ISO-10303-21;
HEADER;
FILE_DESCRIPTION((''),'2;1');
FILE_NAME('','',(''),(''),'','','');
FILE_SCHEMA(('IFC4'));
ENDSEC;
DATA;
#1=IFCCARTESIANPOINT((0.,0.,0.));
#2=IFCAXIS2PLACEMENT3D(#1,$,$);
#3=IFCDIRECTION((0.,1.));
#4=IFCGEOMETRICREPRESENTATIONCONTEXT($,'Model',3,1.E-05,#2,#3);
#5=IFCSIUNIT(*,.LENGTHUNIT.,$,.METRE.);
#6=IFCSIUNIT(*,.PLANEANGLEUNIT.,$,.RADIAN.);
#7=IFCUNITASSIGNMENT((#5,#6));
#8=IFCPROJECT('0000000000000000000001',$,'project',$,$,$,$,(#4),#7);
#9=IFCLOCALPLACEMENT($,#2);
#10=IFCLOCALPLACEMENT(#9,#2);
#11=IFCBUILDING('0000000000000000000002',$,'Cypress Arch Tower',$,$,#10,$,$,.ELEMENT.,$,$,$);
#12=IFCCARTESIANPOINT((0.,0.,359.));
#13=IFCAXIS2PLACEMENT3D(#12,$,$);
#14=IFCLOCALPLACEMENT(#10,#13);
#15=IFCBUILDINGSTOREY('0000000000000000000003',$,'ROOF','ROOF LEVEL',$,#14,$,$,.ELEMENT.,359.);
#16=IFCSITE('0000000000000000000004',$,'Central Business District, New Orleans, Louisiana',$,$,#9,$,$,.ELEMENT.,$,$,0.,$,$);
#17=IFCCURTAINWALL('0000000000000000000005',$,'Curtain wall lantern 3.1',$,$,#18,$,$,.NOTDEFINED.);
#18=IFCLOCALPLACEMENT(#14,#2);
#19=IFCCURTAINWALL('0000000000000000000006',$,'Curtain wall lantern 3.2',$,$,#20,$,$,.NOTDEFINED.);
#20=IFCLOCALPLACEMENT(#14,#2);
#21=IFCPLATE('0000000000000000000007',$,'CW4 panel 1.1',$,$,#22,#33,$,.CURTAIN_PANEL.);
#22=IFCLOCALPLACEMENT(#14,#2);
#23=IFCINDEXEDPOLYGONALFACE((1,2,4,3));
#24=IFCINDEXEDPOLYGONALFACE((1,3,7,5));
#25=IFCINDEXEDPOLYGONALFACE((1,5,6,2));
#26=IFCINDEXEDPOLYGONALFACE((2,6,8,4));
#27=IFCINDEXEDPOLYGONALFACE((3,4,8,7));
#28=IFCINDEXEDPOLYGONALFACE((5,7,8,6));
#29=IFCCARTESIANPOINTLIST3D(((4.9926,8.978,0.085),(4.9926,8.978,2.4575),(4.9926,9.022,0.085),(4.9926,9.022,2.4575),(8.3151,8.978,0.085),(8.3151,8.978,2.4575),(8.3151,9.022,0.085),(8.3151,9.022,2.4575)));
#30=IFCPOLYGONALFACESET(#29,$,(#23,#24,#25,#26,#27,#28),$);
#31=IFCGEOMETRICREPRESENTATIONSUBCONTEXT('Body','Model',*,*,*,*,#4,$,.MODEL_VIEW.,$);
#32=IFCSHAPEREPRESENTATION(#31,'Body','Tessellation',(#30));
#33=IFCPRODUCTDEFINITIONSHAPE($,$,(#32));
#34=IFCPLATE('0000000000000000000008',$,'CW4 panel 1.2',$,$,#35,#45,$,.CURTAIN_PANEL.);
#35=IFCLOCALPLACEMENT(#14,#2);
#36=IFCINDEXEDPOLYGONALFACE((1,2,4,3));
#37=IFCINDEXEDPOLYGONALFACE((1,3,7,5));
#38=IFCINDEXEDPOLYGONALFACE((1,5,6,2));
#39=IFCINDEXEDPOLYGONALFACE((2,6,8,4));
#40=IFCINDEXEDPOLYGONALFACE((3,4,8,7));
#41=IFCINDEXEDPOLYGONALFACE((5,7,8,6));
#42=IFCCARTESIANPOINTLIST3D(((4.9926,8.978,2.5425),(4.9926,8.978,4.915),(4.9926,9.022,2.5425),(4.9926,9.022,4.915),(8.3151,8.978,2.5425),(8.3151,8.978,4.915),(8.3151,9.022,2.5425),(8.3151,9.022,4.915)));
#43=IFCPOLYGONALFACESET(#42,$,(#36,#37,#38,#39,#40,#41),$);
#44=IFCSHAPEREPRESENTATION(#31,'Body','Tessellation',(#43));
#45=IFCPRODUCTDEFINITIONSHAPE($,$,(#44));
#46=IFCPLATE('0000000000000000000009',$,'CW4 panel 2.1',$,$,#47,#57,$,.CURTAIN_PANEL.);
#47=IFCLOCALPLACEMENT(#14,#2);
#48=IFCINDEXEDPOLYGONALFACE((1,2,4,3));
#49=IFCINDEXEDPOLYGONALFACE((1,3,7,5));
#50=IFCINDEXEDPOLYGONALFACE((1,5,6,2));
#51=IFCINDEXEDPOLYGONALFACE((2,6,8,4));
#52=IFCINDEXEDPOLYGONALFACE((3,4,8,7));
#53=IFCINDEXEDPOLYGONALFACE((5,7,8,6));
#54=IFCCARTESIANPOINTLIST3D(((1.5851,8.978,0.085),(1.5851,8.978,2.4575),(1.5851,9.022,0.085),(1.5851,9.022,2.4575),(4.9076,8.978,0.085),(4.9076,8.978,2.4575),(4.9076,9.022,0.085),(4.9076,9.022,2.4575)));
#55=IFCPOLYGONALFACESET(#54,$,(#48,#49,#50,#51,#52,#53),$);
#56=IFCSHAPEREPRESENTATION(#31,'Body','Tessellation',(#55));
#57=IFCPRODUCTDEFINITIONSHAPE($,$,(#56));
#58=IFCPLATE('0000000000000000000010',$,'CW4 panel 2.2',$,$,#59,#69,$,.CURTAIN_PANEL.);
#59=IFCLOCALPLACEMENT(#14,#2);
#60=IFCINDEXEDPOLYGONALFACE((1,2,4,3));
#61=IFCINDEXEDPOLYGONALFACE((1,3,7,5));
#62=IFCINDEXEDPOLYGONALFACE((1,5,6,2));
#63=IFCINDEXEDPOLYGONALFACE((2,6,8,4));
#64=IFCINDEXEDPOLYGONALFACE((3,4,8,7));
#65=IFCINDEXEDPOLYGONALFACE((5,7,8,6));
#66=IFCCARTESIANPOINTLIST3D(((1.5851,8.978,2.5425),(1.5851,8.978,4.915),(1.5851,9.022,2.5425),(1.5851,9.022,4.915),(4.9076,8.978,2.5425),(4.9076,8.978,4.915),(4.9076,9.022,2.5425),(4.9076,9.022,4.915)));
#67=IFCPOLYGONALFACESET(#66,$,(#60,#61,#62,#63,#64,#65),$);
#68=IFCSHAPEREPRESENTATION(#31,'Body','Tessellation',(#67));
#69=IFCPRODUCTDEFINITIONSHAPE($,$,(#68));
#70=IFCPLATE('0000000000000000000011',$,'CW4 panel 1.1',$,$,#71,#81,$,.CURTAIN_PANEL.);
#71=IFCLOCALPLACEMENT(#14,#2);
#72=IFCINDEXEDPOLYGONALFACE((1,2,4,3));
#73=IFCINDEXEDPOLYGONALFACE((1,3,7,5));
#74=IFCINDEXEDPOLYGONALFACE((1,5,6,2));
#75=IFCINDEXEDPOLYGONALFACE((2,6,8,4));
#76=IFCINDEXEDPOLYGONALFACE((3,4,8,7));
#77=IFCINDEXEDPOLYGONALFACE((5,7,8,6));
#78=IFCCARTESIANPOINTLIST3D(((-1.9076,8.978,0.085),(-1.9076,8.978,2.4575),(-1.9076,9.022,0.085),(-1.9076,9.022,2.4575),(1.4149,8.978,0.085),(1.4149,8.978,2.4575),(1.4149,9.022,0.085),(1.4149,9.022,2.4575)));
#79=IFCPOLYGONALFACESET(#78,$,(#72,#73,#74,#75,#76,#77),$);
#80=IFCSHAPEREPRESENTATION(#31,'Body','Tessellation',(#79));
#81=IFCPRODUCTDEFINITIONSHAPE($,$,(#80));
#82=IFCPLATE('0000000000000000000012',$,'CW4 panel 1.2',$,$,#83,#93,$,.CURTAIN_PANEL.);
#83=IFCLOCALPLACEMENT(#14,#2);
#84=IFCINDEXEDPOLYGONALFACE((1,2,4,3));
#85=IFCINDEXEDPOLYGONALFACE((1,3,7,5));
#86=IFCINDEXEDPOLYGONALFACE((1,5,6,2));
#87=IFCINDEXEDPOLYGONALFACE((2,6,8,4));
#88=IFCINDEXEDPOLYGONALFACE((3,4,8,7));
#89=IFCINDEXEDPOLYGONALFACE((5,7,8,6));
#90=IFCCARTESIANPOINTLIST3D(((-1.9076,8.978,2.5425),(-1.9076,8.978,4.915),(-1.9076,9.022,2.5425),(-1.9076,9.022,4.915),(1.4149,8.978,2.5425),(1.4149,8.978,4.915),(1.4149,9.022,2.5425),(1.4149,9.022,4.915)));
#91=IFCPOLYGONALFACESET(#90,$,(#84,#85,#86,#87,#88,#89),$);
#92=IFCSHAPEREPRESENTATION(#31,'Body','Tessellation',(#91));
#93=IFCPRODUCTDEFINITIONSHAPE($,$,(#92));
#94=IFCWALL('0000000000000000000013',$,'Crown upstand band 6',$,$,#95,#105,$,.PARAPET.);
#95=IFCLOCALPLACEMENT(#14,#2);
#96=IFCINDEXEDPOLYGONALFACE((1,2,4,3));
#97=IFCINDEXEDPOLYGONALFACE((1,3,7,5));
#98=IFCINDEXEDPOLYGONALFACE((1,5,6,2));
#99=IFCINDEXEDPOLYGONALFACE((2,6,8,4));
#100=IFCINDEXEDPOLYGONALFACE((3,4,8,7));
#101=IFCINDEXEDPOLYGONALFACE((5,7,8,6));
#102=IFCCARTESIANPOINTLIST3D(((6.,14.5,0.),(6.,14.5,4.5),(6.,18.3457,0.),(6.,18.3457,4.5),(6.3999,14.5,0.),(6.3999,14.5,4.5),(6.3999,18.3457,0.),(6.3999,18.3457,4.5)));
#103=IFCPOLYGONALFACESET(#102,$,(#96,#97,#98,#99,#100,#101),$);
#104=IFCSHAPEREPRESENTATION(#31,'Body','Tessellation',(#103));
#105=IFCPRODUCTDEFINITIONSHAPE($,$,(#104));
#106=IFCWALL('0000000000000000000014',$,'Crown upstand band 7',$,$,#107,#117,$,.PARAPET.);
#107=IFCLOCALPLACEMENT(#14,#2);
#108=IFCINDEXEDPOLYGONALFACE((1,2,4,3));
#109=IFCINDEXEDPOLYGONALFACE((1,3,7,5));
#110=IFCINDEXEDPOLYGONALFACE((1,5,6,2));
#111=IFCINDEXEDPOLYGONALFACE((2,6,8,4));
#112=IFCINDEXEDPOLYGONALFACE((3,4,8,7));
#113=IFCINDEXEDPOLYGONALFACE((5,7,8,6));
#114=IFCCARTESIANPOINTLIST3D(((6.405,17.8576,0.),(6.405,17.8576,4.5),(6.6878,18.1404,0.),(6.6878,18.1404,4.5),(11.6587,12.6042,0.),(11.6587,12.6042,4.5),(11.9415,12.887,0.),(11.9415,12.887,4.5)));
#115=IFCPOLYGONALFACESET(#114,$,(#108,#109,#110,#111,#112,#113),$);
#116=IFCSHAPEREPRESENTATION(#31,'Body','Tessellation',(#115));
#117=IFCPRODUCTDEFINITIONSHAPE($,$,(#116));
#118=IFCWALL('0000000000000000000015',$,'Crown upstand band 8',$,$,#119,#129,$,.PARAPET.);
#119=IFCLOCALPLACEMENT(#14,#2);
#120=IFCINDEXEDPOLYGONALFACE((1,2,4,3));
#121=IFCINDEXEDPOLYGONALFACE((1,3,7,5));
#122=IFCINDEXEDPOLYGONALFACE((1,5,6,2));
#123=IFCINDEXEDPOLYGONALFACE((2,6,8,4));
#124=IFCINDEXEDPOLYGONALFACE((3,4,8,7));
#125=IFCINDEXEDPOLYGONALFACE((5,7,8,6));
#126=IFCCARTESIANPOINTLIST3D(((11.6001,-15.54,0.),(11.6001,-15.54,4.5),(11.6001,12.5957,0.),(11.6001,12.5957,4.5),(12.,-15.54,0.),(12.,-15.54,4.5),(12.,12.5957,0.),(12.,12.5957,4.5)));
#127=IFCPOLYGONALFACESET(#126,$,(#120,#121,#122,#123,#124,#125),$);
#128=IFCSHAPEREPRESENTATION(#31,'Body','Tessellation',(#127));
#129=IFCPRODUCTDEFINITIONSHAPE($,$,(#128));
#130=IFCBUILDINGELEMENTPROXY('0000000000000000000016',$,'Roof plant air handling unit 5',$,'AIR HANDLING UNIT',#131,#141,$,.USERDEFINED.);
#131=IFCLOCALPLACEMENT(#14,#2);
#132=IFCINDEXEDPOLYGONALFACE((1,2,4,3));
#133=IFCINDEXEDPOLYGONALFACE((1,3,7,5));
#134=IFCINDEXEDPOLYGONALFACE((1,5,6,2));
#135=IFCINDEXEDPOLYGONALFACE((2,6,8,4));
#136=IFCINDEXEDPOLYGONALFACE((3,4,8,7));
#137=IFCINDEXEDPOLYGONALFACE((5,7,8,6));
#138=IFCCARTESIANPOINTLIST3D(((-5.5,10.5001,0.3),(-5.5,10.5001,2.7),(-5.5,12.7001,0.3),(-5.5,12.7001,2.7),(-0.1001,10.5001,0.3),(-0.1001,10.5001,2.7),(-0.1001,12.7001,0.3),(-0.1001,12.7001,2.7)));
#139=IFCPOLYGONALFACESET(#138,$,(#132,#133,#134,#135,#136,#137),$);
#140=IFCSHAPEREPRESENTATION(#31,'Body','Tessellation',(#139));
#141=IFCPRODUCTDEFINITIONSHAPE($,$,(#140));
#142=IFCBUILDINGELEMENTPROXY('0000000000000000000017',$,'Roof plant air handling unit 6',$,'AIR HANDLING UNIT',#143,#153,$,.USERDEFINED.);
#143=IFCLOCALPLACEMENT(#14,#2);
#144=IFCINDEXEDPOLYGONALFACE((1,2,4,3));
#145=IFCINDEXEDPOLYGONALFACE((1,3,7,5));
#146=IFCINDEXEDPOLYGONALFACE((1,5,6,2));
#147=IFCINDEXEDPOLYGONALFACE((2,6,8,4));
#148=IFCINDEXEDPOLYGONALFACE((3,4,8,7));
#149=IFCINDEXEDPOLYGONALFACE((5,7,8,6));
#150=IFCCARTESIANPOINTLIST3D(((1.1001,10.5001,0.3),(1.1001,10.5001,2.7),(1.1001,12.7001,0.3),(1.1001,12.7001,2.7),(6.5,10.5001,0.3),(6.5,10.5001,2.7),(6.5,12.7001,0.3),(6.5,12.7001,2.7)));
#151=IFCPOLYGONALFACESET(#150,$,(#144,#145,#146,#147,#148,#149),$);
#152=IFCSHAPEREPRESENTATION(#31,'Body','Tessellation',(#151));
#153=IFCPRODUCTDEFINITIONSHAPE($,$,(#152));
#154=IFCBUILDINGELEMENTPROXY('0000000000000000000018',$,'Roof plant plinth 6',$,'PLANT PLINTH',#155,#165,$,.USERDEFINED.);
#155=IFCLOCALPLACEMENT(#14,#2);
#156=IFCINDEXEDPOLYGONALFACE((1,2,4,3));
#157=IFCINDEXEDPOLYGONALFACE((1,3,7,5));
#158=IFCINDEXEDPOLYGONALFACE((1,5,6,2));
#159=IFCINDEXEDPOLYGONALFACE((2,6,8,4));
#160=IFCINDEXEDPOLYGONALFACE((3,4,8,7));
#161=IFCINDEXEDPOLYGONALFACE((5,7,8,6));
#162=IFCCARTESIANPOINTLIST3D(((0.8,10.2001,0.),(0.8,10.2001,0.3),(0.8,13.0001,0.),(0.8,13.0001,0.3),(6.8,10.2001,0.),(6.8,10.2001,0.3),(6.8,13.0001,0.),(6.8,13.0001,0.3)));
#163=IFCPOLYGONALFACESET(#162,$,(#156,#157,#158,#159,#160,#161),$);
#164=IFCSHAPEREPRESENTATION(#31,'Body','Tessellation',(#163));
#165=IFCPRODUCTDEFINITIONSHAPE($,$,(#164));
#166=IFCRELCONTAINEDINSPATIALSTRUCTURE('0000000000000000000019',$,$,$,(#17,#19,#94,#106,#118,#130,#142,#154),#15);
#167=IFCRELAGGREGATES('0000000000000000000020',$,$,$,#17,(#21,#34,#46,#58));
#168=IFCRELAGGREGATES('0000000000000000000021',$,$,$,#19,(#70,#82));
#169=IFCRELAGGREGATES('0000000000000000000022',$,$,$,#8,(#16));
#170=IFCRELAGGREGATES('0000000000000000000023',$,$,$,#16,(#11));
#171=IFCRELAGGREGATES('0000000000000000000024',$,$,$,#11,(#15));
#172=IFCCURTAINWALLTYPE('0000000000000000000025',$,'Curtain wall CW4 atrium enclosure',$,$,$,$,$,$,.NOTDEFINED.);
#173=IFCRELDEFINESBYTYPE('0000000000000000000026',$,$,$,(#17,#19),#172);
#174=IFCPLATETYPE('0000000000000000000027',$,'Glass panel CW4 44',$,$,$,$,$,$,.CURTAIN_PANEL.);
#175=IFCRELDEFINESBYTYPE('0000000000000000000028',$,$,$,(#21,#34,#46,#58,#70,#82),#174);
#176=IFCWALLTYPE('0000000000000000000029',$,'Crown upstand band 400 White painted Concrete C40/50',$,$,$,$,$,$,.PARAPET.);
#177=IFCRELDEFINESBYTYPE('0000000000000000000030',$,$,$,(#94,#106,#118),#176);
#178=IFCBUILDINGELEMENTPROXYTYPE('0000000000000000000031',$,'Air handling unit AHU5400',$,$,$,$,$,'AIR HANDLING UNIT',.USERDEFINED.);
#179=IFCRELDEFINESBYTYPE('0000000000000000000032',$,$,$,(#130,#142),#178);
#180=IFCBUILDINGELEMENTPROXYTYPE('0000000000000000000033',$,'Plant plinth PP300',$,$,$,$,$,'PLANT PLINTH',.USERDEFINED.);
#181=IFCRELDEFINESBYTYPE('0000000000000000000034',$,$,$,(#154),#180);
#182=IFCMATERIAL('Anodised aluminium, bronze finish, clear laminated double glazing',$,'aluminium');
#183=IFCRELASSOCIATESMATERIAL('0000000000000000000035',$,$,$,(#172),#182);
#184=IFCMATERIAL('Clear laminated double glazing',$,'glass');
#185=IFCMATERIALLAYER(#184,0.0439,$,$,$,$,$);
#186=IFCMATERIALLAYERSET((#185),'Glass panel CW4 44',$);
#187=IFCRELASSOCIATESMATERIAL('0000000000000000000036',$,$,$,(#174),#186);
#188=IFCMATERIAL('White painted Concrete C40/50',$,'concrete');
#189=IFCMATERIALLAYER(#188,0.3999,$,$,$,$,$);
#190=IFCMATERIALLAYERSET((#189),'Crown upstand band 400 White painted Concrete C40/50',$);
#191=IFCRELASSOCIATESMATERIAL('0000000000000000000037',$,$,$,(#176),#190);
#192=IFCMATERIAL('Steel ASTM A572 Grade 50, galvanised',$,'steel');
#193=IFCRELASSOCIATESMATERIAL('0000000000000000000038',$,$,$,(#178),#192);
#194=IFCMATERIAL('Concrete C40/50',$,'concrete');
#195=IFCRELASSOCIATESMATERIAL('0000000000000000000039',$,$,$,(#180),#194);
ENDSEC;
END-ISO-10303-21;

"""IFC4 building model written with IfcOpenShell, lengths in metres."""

from ifc_helpers import new_model, si_unit, direction, frame, frame_2d, origin, origin_2d, place, context, subcontext, project, spatial, rectangle, extrude, material, layer, layer_set, type_object, element, aggregate, save


model = new_model("IFC4")

# Units and contexts
model_context = context("Model", 3, precision=1e-05, world=origin(), true_north=direction((0.0, 1.0)))
body_context = subcontext(model_context, "Body", "Model", "MODEL_VIEW")
ifc_project = project(units=[si_unit("LENGTHUNIT", "METRE"), si_unit("PLANEANGLEUNIT", "RADIAN")], contexts=[model_context])

# Site, building, storey
site_placement = place(None, origin())
site = spatial("IfcSite", under=ifc_project, at=site_placement, Name="Central Business District, New Orleans, Louisiana", CompositionType="ELEMENT", RefElevation=0.0)
building_placement = place(site_placement, origin())
building = spatial("IfcBuilding", under=site, at=building_placement, Name="Cypress Arch Tower", CompositionType="ELEMENT")
storey_placement = place(building_placement, frame((0.0, 0.0, 359.0)))
storey = spatial("IfcBuildingStorey", under=building, at=storey_placement, Name="ROOF", Description="ROOF LEVEL", CompositionType="ELEMENT", Elevation=359.0)

# Curtain walls
ifc_material_1 = material(Name="Anodised aluminium, bronze finish, clear laminated double glazing", Category="aluminium")
curtain_wall_type = type_object("IfcCurtainWallType", Name="Curtain wall CW4 atrium enclosure", PredefinedType="NOTDEFINED", material=ifc_material_1)
curtain_wall_1_placement = place(storey_placement, origin())
curtain_wall_1 = element("IfcCurtainWall", 1, at=curtain_wall_1_placement, inside=storey, type_object=curtain_wall_type, Name="Curtain wall lantern 3.1", PredefinedType="NOTDEFINED")
curtain_wall_2_placement = place(storey_placement, origin())
curtain_wall_2 = element("IfcCurtainWall", 2, at=curtain_wall_2_placement, inside=storey, type_object=curtain_wall_type, Name="Curtain wall lantern 3.2", PredefinedType="NOTDEFINED")

# Plates
ifc_material_2 = material(Name="Clear laminated double glazing", Category="glass")
ifc_layer_1 = layer(ifc_material_2, 0.0439)
ifc_layer_set_1 = layer_set([ifc_layer_1], Name="Glass panel CW4 44")
plate_type = type_object("IfcPlateType", Name="Glass panel CW4 44", PredefinedType="CURTAIN_PANEL", material=ifc_layer_set_1)
plate_1_placement = place(storey_placement, frame((6.6538, 9.0, 0.085), z_axis=(0.0, 0.0, 1.0), x_axis=(-1.0, 0.0, 0.0)))
plate_1 = element("IfcPlate", 3, at=plate_1_placement, type_object=plate_type, Name="CW4 panel 1.1", PredefinedType="CURTAIN_PANEL", context=body_context, shape_type="SweptSolid", body=[
    extrude(rectangle(XDim=3.3225, YDim=0.0439, at=origin_2d()), origin(), (0.0, 0.0, 1.0), 2.3726),
])
plate_2_placement = place(storey_placement, frame((6.6538, 9.0, 2.5425), z_axis=(0.0, 0.0, 1.0), x_axis=(-1.0, 0.0, 0.0)))
plate_2 = element("IfcPlate", 4, at=plate_2_placement, type_object=plate_type, Name="CW4 panel 1.2", PredefinedType="CURTAIN_PANEL", context=body_context, shape_type="SweptSolid", body=[
    extrude(rectangle(XDim=3.3225, YDim=0.0439, at=origin_2d()), origin(), (0.0, 0.0, 1.0), 2.3726),
])
plate_3_placement = place(storey_placement, frame((3.2463, 9.0, 0.085), z_axis=(0.0, 0.0, 1.0), x_axis=(-1.0, 0.0, 0.0)))
plate_3 = element("IfcPlate", 5, at=plate_3_placement, type_object=plate_type, Name="CW4 panel 2.1", PredefinedType="CURTAIN_PANEL", context=body_context, shape_type="SweptSolid", body=[
    extrude(rectangle(XDim=3.3225, YDim=0.0439, at=origin_2d()), origin(), (0.0, 0.0, 1.0), 2.3726),
])
plate_4_placement = place(storey_placement, frame((3.2463, 9.0, 2.5425), z_axis=(0.0, 0.0, 1.0), x_axis=(-1.0, 0.0, 0.0)))
plate_4 = element("IfcPlate", 6, at=plate_4_placement, type_object=plate_type, Name="CW4 panel 2.2", PredefinedType="CURTAIN_PANEL", context=body_context, shape_type="SweptSolid", body=[
    extrude(rectangle(XDim=3.3225, YDim=0.0439, at=origin_2d()), origin(), (0.0, 0.0, 1.0), 2.3726),
])
aggregate(curtain_wall_1, [plate_1, plate_2, plate_3, plate_4])
plate_5_placement = place(storey_placement, frame((-0.2463, 9.0, 0.085), z_axis=(0.0, 0.0, 1.0), x_axis=(-1.0, 0.0, 0.0)))
plate_5 = element("IfcPlate", 7, at=plate_5_placement, type_object=plate_type, Name="CW4 panel 1.1", PredefinedType="CURTAIN_PANEL", context=body_context, shape_type="SweptSolid", body=[
    extrude(rectangle(XDim=3.3225, YDim=0.0439, at=origin_2d()), origin(), (0.0, 0.0, 1.0), 2.3726),
])
plate_6_placement = place(storey_placement, frame((-0.2463, 9.0, 2.5425), z_axis=(0.0, 0.0, 1.0), x_axis=(-1.0, 0.0, 0.0)))
plate_6 = element("IfcPlate", 8, at=plate_6_placement, type_object=plate_type, Name="CW4 panel 1.2", PredefinedType="CURTAIN_PANEL", context=body_context, shape_type="SweptSolid", body=[
    extrude(rectangle(XDim=3.3225, YDim=0.0439, at=origin_2d()), origin(), (0.0, 0.0, 1.0), 2.3726),
])
aggregate(curtain_wall_2, [plate_5, plate_6])

# Walls
ifc_material_3 = material(Name="White painted Concrete C40/50", Category="concrete")
ifc_layer_2 = layer(ifc_material_3, 0.3999)
ifc_layer_set_2 = layer_set([ifc_layer_2], Name="Crown upstand band 400 White painted Concrete C40/50")
wall_type = type_object("IfcWallType", Name="Crown upstand band 400 White painted Concrete C40/50", PredefinedType="PARAPET", material=ifc_layer_set_2)
wall_1_placement = place(storey_placement, frame((6.2, 14.5, 0.0), z_axis=(0.0, 0.0, 1.0), x_axis=(0.0, 1.0, 0.0)))
element("IfcWall", 9, at=wall_1_placement, inside=storey, type_object=wall_type, Name="Crown upstand band 6", PredefinedType="PARAPET", context=body_context, shape_type="SweptSolid", body=[
    extrude(rectangle(XDim=3.8457, YDim=0.3999, at=frame_2d((1.9229, 0.0))), origin(), (0.0, 0.0, 1.0), 4.5),
])
wall_2_placement = place(storey_placement, frame((6.5464, 17.999, 0.0), z_axis=(0.0, 0.0, 1.0), x_axis=(0.707123, -0.70709, 0.0)))
element("IfcWall", 10, at=wall_2_placement, inside=storey, type_object=wall_type, Name="Crown upstand band 7", PredefinedType="PARAPET", context=body_context, shape_type="SweptSolid", body=[
    extrude(rectangle(XDim=7.4297, YDim=0.3999, at=frame_2d((3.7148, 0.0))), origin(), (0.0, 0.0, 1.0), 4.5),
])
wall_3_placement = place(storey_placement, frame((11.8, 12.5957, 0.0), z_axis=(0.0, 0.0, 1.0), x_axis=(0.0, -1.0, 0.0)))
element("IfcWall", 11, at=wall_3_placement, inside=storey, type_object=wall_type, Name="Crown upstand band 8", PredefinedType="PARAPET", context=body_context, shape_type="SweptSolid", body=[
    extrude(rectangle(XDim=28.1357, YDim=0.3999, at=frame_2d((14.0679, 0.0))), origin(), (0.0, 0.0, 1.0), 4.5),
])

# Building element proxies
ifc_material_4 = material(Name="Steel ASTM A572 Grade 50, galvanised", Category="steel")
building_element_proxy_type_1 = type_object("IfcBuildingElementProxyType", Name="Air handling unit AHU5400", ElementType="AIR HANDLING UNIT", PredefinedType="USERDEFINED", material=ifc_material_4)
for number, where, z_axis, x_axis, name in (
    (12, (-2.8, 11.6001, 0.3), (0.0, 0.0, 1.0), (1.0, 0.0, 0.0), "Roof plant air handling unit 5"),
    (13, (3.8, 11.6001, 0.3), (0.0, 0.0, 1.0), (1.0, 0.0, 0.0), "Roof plant air handling unit 6"),
):
    element("IfcBuildingElementProxy", number, at=place(storey_placement, frame(where, z_axis=z_axis, x_axis=x_axis)), inside=storey, type_object=building_element_proxy_type_1, Name=name, ObjectType="AIR HANDLING UNIT", PredefinedType="USERDEFINED", context=body_context, shape_type="SweptSolid", body=[
        extrude(rectangle(XDim=5.3999, YDim=2.2, at=origin_2d()), origin(), (0.0, 0.0, 1.0), 2.3999),
    ])
ifc_material_5 = material(Name="Concrete C40/50", Category="concrete")
building_element_proxy_type_2 = type_object("IfcBuildingElementProxyType", Name="Plant plinth PP300", ElementType="PLANT PLINTH", PredefinedType="USERDEFINED", material=ifc_material_5)
proxy_placement = place(storey_placement, frame((3.8, 11.6001, 0.0), z_axis=(0.0, 0.0, 1.0), x_axis=(1.0, 0.0, 0.0)))
element("IfcBuildingElementProxy", 14, at=proxy_placement, inside=storey, type_object=building_element_proxy_type_2, Name="Roof plant plinth 6", ObjectType="PLANT PLINTH", PredefinedType="USERDEFINED", context=body_context, shape_type="SweptSolid", body=[
    extrude(rectangle(XDim=6.0, YDim=2.8, at=origin_2d()), origin(), (0.0, 0.0, 1.0), 0.3),
])

save(model, "model.ifc")
